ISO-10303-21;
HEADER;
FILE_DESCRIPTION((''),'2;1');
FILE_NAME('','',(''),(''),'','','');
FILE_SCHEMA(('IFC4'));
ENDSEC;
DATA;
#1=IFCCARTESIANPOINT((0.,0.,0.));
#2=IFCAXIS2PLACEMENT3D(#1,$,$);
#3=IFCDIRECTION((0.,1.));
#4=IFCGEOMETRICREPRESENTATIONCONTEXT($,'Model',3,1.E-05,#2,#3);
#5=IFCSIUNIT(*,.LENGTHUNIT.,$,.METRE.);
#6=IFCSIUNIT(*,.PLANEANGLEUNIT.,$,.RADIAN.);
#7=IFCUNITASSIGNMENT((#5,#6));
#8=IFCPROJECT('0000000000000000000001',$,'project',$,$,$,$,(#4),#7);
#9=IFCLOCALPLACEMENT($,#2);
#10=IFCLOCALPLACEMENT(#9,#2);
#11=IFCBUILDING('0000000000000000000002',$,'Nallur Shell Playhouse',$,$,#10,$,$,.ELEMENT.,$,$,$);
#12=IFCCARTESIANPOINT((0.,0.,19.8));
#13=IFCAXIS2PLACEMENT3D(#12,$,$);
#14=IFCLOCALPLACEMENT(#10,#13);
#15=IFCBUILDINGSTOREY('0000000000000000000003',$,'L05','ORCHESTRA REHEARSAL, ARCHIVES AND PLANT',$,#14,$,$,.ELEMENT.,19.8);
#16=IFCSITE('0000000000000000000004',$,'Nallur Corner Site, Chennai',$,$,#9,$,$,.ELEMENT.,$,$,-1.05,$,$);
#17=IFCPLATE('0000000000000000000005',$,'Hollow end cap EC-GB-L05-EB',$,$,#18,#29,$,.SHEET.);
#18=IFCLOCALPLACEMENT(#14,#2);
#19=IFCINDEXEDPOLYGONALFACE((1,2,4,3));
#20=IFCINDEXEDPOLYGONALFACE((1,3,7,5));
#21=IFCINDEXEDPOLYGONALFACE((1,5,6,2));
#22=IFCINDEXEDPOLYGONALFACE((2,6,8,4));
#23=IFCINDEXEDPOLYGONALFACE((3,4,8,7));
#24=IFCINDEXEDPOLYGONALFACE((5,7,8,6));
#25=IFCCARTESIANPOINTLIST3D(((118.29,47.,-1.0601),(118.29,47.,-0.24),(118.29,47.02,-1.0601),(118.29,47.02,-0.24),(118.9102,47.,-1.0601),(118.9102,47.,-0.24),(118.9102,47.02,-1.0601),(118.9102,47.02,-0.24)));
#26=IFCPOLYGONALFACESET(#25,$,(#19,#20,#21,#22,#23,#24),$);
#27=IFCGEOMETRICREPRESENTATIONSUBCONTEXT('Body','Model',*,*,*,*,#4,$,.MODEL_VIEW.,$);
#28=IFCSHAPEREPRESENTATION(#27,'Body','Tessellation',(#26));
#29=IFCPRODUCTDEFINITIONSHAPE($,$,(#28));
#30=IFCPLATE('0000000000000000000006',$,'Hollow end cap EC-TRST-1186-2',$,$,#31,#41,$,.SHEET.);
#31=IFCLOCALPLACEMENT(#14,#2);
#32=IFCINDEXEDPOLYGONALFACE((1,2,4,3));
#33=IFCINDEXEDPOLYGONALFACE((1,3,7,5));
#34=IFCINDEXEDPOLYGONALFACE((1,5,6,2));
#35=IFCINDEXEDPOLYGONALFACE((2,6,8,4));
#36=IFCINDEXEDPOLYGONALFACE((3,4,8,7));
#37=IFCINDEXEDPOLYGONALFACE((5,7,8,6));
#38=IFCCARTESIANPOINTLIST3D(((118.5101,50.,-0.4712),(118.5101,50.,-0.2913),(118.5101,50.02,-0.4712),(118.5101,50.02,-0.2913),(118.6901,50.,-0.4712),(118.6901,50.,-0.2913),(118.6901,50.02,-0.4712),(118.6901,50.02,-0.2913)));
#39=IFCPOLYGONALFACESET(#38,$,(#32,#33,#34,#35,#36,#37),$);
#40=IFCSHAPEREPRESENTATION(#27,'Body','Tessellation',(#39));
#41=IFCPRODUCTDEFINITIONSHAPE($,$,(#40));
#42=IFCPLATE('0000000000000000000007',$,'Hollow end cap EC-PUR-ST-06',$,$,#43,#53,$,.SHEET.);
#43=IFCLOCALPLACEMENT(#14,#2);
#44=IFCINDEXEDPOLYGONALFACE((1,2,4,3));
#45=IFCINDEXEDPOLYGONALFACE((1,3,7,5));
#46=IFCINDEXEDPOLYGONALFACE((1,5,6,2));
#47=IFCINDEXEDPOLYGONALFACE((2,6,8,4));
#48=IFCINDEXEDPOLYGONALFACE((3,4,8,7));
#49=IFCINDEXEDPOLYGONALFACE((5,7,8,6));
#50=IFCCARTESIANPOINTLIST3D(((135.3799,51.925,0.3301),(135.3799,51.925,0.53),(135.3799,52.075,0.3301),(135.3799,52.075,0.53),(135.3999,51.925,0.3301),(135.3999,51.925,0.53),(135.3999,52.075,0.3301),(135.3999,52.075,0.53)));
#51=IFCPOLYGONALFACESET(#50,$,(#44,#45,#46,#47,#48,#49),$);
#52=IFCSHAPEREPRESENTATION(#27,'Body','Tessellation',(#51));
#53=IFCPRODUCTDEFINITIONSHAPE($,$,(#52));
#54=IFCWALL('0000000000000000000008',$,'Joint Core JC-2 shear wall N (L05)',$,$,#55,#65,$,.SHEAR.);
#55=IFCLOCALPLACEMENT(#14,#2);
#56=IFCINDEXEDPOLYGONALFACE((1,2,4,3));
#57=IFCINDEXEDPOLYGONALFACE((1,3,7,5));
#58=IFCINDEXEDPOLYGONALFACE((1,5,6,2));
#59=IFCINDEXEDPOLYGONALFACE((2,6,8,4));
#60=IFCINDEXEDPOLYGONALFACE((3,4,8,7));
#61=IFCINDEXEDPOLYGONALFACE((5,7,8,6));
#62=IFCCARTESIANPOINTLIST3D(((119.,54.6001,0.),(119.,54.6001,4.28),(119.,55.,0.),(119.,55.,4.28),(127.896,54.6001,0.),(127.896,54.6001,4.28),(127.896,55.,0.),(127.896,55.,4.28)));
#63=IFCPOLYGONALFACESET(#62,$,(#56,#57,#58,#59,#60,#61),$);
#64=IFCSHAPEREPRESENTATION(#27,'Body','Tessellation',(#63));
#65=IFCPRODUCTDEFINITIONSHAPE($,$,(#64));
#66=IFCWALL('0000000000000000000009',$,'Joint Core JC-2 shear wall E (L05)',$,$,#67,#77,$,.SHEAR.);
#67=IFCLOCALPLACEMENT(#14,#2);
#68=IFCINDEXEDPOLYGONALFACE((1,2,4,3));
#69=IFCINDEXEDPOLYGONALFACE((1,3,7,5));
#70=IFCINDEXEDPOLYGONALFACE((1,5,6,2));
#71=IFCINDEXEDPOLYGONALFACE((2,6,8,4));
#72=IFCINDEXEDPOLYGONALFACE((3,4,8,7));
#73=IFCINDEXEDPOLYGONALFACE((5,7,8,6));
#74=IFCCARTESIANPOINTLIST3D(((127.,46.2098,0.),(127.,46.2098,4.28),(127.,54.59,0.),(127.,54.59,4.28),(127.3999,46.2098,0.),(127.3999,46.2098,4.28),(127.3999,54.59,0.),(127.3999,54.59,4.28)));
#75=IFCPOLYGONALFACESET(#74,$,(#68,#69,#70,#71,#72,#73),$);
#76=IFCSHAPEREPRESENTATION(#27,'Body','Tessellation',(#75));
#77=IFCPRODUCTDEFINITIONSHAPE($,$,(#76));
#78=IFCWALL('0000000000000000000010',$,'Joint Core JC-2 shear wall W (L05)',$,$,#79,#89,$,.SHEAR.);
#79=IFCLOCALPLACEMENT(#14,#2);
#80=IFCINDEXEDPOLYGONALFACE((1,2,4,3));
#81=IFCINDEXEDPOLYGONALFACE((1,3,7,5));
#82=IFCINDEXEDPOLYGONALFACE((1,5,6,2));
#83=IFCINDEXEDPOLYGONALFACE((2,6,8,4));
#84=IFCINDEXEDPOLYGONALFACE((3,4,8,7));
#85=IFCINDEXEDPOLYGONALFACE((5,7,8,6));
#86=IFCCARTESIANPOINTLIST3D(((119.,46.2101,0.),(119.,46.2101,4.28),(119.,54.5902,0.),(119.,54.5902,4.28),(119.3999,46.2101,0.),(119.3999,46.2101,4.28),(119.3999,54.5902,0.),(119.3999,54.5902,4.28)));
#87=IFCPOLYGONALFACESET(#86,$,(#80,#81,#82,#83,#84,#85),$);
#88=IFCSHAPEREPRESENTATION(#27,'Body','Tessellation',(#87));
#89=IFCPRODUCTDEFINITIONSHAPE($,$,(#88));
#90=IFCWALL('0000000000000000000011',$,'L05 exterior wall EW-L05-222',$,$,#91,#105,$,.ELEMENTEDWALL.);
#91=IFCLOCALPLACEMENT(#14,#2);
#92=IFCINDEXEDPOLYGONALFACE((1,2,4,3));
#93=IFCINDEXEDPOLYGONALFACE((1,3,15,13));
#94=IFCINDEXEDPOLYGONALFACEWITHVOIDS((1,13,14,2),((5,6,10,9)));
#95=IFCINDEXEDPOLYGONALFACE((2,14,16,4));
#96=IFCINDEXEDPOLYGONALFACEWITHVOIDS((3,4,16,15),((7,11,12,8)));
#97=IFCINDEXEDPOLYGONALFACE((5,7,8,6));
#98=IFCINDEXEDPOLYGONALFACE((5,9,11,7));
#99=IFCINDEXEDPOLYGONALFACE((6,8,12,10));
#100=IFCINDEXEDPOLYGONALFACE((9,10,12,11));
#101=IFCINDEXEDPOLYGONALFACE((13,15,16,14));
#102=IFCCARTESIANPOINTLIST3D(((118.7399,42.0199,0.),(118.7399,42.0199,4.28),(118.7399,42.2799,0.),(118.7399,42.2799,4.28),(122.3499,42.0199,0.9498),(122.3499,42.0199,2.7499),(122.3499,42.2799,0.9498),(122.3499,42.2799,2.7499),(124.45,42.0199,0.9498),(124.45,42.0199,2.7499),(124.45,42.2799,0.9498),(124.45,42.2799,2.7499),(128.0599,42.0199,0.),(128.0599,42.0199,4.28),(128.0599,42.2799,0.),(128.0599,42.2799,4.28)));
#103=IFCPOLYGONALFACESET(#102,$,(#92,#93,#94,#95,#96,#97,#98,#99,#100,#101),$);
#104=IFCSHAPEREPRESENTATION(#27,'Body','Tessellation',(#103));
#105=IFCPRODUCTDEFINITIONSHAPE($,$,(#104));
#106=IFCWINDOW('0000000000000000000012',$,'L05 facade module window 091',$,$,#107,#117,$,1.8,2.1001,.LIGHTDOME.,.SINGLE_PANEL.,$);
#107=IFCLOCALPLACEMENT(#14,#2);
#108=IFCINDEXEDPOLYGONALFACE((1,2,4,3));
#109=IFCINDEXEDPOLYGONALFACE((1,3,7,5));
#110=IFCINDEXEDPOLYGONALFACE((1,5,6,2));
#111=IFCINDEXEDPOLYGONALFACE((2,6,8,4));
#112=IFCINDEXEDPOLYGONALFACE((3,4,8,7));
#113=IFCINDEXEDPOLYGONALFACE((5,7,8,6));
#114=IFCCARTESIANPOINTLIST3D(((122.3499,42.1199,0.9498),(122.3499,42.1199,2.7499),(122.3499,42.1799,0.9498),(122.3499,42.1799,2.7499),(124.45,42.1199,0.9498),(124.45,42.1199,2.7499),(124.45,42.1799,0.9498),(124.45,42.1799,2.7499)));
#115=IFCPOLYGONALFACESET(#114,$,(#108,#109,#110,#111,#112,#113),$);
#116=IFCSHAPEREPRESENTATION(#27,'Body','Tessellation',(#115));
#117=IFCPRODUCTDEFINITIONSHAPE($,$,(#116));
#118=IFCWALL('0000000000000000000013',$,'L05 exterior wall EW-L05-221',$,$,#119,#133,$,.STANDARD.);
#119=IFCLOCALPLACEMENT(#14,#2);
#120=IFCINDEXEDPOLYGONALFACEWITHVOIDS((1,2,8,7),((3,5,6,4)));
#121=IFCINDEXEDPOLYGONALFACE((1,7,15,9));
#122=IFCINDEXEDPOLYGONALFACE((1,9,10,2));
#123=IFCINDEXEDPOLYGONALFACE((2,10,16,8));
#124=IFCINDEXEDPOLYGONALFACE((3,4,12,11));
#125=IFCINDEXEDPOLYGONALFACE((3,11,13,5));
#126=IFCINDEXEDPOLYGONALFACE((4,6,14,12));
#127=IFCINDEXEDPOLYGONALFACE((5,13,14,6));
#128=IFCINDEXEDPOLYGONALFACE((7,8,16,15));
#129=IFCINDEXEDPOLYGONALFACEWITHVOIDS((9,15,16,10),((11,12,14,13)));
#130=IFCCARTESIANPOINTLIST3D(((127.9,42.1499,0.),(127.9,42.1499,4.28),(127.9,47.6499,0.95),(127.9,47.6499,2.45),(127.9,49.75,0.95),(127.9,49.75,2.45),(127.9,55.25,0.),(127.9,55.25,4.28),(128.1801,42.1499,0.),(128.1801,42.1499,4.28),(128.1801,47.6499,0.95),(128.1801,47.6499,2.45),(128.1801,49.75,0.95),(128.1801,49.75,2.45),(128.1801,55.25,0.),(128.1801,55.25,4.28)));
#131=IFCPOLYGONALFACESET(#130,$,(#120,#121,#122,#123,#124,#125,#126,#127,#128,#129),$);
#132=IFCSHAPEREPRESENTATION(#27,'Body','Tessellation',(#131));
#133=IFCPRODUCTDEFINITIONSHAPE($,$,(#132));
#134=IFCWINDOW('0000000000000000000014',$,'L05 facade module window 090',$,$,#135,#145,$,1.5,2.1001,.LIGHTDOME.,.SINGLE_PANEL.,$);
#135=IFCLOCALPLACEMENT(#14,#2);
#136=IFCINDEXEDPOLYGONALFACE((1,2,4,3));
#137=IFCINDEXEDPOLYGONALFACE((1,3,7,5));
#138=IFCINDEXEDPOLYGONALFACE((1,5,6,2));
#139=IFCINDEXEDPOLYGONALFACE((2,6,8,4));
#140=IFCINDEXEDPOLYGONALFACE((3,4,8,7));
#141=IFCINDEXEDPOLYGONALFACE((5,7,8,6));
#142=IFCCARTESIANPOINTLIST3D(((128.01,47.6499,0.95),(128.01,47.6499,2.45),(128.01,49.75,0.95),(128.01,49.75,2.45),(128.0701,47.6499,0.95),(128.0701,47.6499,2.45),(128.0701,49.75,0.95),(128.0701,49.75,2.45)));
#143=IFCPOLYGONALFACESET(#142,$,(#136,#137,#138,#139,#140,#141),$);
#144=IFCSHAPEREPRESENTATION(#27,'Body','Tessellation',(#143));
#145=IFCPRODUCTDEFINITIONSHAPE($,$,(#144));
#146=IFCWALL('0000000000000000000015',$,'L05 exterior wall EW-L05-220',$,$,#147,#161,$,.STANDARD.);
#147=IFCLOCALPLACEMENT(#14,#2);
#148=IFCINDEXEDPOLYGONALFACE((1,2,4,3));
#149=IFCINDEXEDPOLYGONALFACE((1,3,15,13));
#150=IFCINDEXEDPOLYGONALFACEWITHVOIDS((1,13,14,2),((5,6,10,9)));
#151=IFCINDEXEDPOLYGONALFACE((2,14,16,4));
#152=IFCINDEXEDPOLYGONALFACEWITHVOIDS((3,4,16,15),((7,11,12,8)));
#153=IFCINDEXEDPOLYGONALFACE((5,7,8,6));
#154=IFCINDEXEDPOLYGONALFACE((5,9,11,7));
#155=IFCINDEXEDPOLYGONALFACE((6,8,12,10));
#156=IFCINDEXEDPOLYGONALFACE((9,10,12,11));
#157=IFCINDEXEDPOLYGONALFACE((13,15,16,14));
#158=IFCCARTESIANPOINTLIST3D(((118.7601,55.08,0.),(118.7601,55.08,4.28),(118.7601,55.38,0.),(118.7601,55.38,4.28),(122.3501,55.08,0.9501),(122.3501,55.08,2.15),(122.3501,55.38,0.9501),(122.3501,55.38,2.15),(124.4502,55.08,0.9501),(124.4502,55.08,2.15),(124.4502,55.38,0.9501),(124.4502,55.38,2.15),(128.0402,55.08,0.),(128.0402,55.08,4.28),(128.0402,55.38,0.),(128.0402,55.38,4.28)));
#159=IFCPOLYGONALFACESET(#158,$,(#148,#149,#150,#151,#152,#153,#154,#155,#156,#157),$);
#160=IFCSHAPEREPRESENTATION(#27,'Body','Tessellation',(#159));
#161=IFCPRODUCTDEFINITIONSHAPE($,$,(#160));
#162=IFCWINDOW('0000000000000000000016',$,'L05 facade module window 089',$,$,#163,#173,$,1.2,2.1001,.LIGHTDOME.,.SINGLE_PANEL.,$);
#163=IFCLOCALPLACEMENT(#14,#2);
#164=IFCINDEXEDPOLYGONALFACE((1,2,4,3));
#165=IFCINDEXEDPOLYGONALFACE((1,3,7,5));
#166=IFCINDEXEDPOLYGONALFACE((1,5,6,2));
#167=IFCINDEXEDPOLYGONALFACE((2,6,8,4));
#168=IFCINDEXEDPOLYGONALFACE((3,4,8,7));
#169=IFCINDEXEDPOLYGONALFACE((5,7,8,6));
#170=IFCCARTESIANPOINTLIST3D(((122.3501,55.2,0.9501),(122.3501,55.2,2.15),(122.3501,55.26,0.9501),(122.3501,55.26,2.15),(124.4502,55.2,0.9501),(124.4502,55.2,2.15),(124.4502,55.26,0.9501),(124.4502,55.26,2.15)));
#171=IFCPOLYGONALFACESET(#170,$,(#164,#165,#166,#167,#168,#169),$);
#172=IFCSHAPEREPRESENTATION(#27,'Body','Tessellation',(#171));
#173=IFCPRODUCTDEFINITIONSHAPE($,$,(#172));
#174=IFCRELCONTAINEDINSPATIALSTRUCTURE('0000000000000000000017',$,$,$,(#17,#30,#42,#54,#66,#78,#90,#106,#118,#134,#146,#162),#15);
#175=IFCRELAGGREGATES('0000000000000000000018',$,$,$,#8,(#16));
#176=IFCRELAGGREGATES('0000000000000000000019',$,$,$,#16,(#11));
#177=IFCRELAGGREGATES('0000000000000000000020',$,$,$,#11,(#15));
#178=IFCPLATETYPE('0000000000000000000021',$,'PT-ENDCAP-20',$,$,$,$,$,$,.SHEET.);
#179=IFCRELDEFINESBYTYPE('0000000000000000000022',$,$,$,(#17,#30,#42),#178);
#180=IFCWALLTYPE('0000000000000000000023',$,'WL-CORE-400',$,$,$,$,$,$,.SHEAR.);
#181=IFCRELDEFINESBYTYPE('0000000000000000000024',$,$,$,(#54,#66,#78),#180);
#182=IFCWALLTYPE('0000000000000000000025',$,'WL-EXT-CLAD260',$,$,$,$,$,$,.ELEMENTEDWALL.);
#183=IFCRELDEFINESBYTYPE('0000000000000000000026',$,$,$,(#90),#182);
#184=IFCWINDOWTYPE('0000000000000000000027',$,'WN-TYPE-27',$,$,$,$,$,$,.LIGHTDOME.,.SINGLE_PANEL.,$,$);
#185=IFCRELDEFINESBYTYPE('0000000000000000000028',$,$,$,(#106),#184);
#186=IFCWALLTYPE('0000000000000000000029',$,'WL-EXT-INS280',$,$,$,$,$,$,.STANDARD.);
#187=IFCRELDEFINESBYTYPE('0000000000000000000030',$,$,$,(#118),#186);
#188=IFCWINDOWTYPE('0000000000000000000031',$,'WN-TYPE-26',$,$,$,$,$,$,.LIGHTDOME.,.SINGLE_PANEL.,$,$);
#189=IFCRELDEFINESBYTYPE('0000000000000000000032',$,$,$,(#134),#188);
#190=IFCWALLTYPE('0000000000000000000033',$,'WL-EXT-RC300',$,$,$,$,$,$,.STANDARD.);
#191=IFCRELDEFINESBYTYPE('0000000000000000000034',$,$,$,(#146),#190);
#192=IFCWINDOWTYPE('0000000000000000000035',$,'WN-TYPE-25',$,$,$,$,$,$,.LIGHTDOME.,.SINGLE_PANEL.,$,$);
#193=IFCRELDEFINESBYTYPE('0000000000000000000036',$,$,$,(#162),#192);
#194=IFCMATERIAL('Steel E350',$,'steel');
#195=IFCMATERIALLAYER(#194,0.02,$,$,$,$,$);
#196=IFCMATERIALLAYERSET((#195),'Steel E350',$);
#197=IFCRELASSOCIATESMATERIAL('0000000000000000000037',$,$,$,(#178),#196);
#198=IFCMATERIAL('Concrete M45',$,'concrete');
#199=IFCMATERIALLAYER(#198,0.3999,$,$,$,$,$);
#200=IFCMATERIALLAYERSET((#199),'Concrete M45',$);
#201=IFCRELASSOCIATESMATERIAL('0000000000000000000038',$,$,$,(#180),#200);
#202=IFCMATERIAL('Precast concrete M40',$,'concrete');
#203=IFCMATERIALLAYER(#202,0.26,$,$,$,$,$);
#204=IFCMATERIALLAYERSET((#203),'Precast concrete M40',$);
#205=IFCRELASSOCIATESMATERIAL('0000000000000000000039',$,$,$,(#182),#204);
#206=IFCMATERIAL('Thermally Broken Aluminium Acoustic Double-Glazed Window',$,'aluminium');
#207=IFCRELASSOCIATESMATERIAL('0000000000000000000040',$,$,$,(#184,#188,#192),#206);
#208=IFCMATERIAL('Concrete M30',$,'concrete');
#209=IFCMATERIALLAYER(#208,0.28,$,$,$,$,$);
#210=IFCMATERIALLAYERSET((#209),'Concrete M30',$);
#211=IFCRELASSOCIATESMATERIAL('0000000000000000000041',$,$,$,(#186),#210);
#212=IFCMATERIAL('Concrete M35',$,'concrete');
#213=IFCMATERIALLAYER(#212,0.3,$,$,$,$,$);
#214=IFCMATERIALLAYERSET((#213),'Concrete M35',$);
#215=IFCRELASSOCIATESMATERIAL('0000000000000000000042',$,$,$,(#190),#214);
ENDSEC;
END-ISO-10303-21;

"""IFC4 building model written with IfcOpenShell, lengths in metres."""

from ifc_helpers import new_model, si_unit, direction, frame, frame_2d, origin, origin_2d, place, context, subcontext, project, spatial, rectangle, extrude, material, layer, layer_set, type_object, element, fill, save


model = new_model("IFC4")

# Units and contexts
model_context = context("Model", 3, precision=1e-05, world=origin(), true_north=direction((0.0, 1.0)))
body_context = subcontext(model_context, "Body", "Model", "MODEL_VIEW")
ifc_project = project(units=[si_unit("LENGTHUNIT", "METRE"), si_unit("PLANEANGLEUNIT", "RADIAN")], contexts=[model_context])

# Site, building, storey
site_placement = place(None, origin())
site = spatial("IfcSite", under=ifc_project, at=site_placement, Name="Nallur Corner Site, Chennai", CompositionType="ELEMENT", RefElevation=-1.05)
building_placement = place(site_placement, origin())
building = spatial("IfcBuilding", under=site, at=building_placement, Name="Nallur Shell Playhouse", CompositionType="ELEMENT")
storey_placement = place(building_placement, frame((0.0, 0.0, 19.8)))
storey = spatial("IfcBuildingStorey", under=building, at=storey_placement, Name="L05", Description="ORCHESTRA REHEARSAL, ARCHIVES AND PLANT", CompositionType="ELEMENT", Elevation=19.8)

# Shared definitions
ifc_material_1 = material(Name="Concrete M35", Category="concrete")

# Shared definitions
ifc_material_2 = material(Name="Steel E350", Category="steel")

# Plates
ifc_layer_1 = layer(ifc_material_2, 0.02)
ifc_layer_set_1 = layer_set([ifc_layer_1], Name="Steel E350")
plate_type = type_object("IfcPlateType", Name="PT-ENDCAP-20", PredefinedType="SHEET", material=ifc_layer_set_1)
plate_1_placement = place(storey_placement, frame((118.6001, 47.01, -1.0601), z_axis=(0.0, 0.0, 1.0), x_axis=(1.0, 0.0, 0.0)))
element("IfcPlate", 1, at=plate_1_placement, inside=storey, type_object=plate_type, Name="Hollow end cap EC-GB-L05-EB", PredefinedType="SHEET", context=body_context, shape_type="SweptSolid", body=[
    extrude(rectangle(XDim=0.6201, YDim=0.02, at=origin_2d()), origin(), (0.0, 0.0, 1.0), 0.8201),
])
plate_2_placement = place(storey_placement, frame((118.6001, 50.01, -0.4712), z_axis=(0.0, 0.0, 1.0), x_axis=(1.0, 0.0, 0.0)))
element("IfcPlate", 2, at=plate_2_placement, inside=storey, type_object=plate_type, Name="Hollow end cap EC-TRST-1186-2", PredefinedType="SHEET", context=body_context, shape_type="SweptSolid", body=[
    extrude(rectangle(XDim=0.1799, YDim=0.02, at=origin_2d()), origin(), (0.0, 0.0, 1.0), 0.1799),
])
plate_3_placement = place(storey_placement, frame((135.3899, 52.0, 0.3301), z_axis=(0.0, 0.0, 1.0), x_axis=(1.0, 0.0, 0.0)))
element("IfcPlate", 3, at=plate_3_placement, inside=storey, type_object=plate_type, Name="Hollow end cap EC-PUR-ST-06", PredefinedType="SHEET", context=body_context, shape_type="SweptSolid", body=[
    extrude(rectangle(XDim=0.02, YDim=0.1499, at=origin_2d()), origin(), (0.0, 0.0, 1.0), 0.2),
])

# Shared definitions
ifc_material_3 = material(Name="Concrete M45", Category="concrete")
ifc_layer_2 = layer(ifc_material_3, 0.3999)
ifc_layer_set_2 = layer_set([ifc_layer_2], Name="Concrete M45")
wall_type_1 = type_object("IfcWallType", Name="WL-CORE-400", PredefinedType="SHEAR", material=ifc_layer_set_2)

# Walls
wall_1_placement = place(storey_placement, frame((127.896, 54.8, 0.0), z_axis=(0.0, 0.0, 1.0), x_axis=(-1.0, 0.0, 0.0)))
element("IfcWall", 4, at=wall_1_placement, inside=storey, type_object=wall_type_1, Name="Joint Core JC-2 shear wall N (L05)", PredefinedType="SHEAR", context=body_context, shape_type="SweptSolid", body=[
    extrude(rectangle(XDim=8.896, YDim=0.3999, at=frame_2d((4.448, 0.0))), origin(), (0.0, 0.0, 1.0), 4.28),
])
for number, where, z_axis, x_axis, name in (
    (5, (127.2, 46.21, 0.0), (0.0, 0.0, 1.0), (0.0, 1.0, 0.0), "Joint Core JC-2 shear wall E (L05)"),
    (6, (119.2, 54.5901, 0.0), (0.0, 0.0, 1.0), (0.0, -1.0, 0.0), "Joint Core JC-2 shear wall W (L05)"),
):
    element("IfcWall", number, at=place(storey_placement, frame(where, z_axis=z_axis, x_axis=x_axis)), inside=storey, type_object=wall_type_1, Name=name, PredefinedType="SHEAR", context=body_context, shape_type="SweptSolid", body=[
        extrude(rectangle(XDim=8.3801, YDim=0.3999, at=frame_2d((4.1899, 0.0))), origin(), (0.0, 0.0, 1.0), 4.28),
    ])

# Walls, openings, windows
ifc_material_4 = material(Name="Precast concrete M40", Category="concrete")
ifc_layer_3 = layer(ifc_material_4, 0.26)
ifc_layer_set_3 = layer_set([ifc_layer_3], Name="Precast concrete M40")
wall_type_2 = type_object("IfcWallType", Name="WL-EXT-CLAD260", PredefinedType="ELEMENTEDWALL", material=ifc_layer_set_3)
wall_2_placement = place(storey_placement, frame((128.0601, 42.1499, 0.0), z_axis=(0.0, 0.0, 1.0), x_axis=(-1.0, 0.0, 0.0)))
wall_2 = element("IfcWall", 7, at=wall_2_placement, inside=storey, type_object=wall_type_2, Name="L05 exterior wall EW-L05-222", PredefinedType="ELEMENTEDWALL", context=body_context, shape_type="SweptSolid", body=[
    extrude(rectangle(XDim=9.3201, YDim=0.26, at=frame_2d((4.6602, 0.0))), origin(), (0.0, 0.0, 1.0), 4.28),
])
opening_1_placement = place(wall_2_placement, frame((3.6101, 0.0, 0.95)))
opening_1 = element("IfcOpeningElement", 8, at=opening_1_placement, cuts=wall_2, PredefinedType="OPENING", context=body_context, shape_type="SweptSolid", body=[
    extrude(rectangle(XDim=2.1001, YDim=1.8, at=frame_2d((1.05, 0.8999))), frame((0.0, 0.1401, 0.0), z_axis=(0.0, -1.0, 0.0), x_axis=(1.0, 0.0, 0.0)), (0.0, 0.0, 1.0), 0.28),
])
ifc_material_5 = material(Name="Thermally Broken Aluminium Acoustic Double-Glazed Window", Category="aluminium")
window_type_1 = type_object("IfcWindowType", Name="WN-TYPE-27", PartitioningType="SINGLE_PANEL", PredefinedType="LIGHTDOME", material=ifc_material_5)
window_1_placement = place(opening_1_placement, origin())
window_1 = element("IfcWindow", 9, at=window_1_placement, inside=storey, type_object=window_type_1, Name="L05 facade module window 091", OverallHeight=1.8, OverallWidth=2.1001, PartitioningType="SINGLE_PANEL", PredefinedType="LIGHTDOME", context=body_context, shape_type="SweptSolid", body=[
    extrude(rectangle(XDim=2.1001, YDim=1.8, at=frame_2d((1.05, 0.8999))), frame((0.0, 0.03, 0.0), z_axis=(0.0, -1.0, 0.0), x_axis=(1.0, 0.0, 0.0)), (0.0, 0.0, 1.0), 0.0601),
])
fill(opening_1, window_1)
ifc_material_6 = material(Name="Concrete M30", Category="concrete")
ifc_layer_4 = layer(ifc_material_6, 0.28)
ifc_layer_set_4 = layer_set([ifc_layer_4], Name="Concrete M30")
wall_type_3 = type_object("IfcWallType", Name="WL-EXT-INS280", PredefinedType="STANDARD", material=ifc_layer_set_4)
wall_3_placement = place(storey_placement, frame((128.04, 55.25, 0.0), z_axis=(0.0, 0.0, 1.0), x_axis=(0.0, -1.0, 0.0)))
wall_3 = element("IfcWall", 10, at=wall_3_placement, inside=storey, type_object=wall_type_3, Name="L05 exterior wall EW-L05-221", PredefinedType="STANDARD", context=body_context, shape_type="SweptSolid", body=[
    extrude(rectangle(XDim=13.1001, YDim=0.28, at=frame_2d((6.55, 0.0))), origin(), (0.0, 0.0, 1.0), 4.28),
])
opening_2_placement = place(wall_3_placement, frame((5.5, 0.0, 0.95)))
opening_2 = element("IfcOpeningElement", 11, at=opening_2_placement, cuts=wall_3, PredefinedType="OPENING", context=body_context, shape_type="SweptSolid", body=[
    extrude(rectangle(XDim=2.1001, YDim=1.5, at=frame_2d((1.05, 0.75))), frame((0.0, 0.1499, 0.0), z_axis=(0.0, -1.0, 0.0), x_axis=(1.0, 0.0, 0.0)), (0.0, 0.0, 1.0), 0.3),
])
window_type_2 = type_object("IfcWindowType", Name="WN-TYPE-26", PartitioningType="SINGLE_PANEL", PredefinedType="LIGHTDOME", material=ifc_material_5)
window_2_placement = place(opening_2_placement, origin())
window_2 = element("IfcWindow", 12, at=window_2_placement, inside=storey, type_object=window_type_2, Name="L05 facade module window 090", OverallHeight=1.5, OverallWidth=2.1001, PartitioningType="SINGLE_PANEL", PredefinedType="LIGHTDOME", context=body_context, shape_type="SweptSolid", body=[
    extrude(rectangle(XDim=2.1001, YDim=1.5, at=frame_2d((1.05, 0.75))), frame((0.0, 0.03, 0.0), z_axis=(0.0, -1.0, 0.0), x_axis=(1.0, 0.0, 0.0)), (0.0, 0.0, 1.0), 0.0601),
])
fill(opening_2, window_2)
ifc_layer_5 = layer(ifc_material_1, 0.3)
ifc_layer_set_5 = layer_set([ifc_layer_5], Name="Concrete M35")
wall_type_4 = type_object("IfcWallType", Name="WL-EXT-RC300", PredefinedType="STANDARD", material=ifc_layer_set_5)
wall_4_placement = place(storey_placement, frame((118.76, 55.23, 0.0), z_axis=(0.0, 0.0, 1.0), x_axis=(1.0, 0.0, 0.0)))
wall_4 = element("IfcWall", 13, at=wall_4_placement, inside=storey, type_object=wall_type_4, Name="L05 exterior wall EW-L05-220", PredefinedType="STANDARD", context=body_context, shape_type="SweptSolid", body=[
    extrude(rectangle(XDim=9.28, YDim=0.3, at=frame_2d((4.6401, 0.0))), origin(), (0.0, 0.0, 1.0), 4.28),
])
opening_3_placement = place(wall_4_placement, frame((3.5901, 0.0, 0.95)))
opening_3 = element("IfcOpeningElement", 14, at=opening_3_placement, cuts=wall_4, PredefinedType="OPENING", context=body_context, shape_type="SweptSolid", body=[
    extrude(rectangle(XDim=2.1001, YDim=1.2, at=frame_2d((1.05, 0.6001))), frame((0.0, 0.1602, 0.0), z_axis=(0.0, -1.0, 0.0), x_axis=(1.0, 0.0, 0.0)), (0.0, 0.0, 1.0), 0.3201),
])
window_type_3 = type_object("IfcWindowType", Name="WN-TYPE-25", PartitioningType="SINGLE_PANEL", PredefinedType="LIGHTDOME", material=ifc_material_5)
window_3_placement = place(opening_3_placement, origin())
window_3 = element("IfcWindow", 15, at=window_3_placement, inside=storey, type_object=window_type_3, Name="L05 facade module window 089", OverallHeight=1.2, OverallWidth=2.1001, PartitioningType="SINGLE_PANEL", PredefinedType="LIGHTDOME", context=body_context, shape_type="SweptSolid", body=[
    extrude(rectangle(XDim=2.1001, YDim=1.2, at=frame_2d((1.05, 0.6001))), frame((0.0, 0.03, 0.0), z_axis=(0.0, -1.0, 0.0), x_axis=(1.0, 0.0, 0.0)), (0.0, 0.0, 1.0), 0.0601),
])
fill(opening_3, window_3)

save(model, "model.ifc")
